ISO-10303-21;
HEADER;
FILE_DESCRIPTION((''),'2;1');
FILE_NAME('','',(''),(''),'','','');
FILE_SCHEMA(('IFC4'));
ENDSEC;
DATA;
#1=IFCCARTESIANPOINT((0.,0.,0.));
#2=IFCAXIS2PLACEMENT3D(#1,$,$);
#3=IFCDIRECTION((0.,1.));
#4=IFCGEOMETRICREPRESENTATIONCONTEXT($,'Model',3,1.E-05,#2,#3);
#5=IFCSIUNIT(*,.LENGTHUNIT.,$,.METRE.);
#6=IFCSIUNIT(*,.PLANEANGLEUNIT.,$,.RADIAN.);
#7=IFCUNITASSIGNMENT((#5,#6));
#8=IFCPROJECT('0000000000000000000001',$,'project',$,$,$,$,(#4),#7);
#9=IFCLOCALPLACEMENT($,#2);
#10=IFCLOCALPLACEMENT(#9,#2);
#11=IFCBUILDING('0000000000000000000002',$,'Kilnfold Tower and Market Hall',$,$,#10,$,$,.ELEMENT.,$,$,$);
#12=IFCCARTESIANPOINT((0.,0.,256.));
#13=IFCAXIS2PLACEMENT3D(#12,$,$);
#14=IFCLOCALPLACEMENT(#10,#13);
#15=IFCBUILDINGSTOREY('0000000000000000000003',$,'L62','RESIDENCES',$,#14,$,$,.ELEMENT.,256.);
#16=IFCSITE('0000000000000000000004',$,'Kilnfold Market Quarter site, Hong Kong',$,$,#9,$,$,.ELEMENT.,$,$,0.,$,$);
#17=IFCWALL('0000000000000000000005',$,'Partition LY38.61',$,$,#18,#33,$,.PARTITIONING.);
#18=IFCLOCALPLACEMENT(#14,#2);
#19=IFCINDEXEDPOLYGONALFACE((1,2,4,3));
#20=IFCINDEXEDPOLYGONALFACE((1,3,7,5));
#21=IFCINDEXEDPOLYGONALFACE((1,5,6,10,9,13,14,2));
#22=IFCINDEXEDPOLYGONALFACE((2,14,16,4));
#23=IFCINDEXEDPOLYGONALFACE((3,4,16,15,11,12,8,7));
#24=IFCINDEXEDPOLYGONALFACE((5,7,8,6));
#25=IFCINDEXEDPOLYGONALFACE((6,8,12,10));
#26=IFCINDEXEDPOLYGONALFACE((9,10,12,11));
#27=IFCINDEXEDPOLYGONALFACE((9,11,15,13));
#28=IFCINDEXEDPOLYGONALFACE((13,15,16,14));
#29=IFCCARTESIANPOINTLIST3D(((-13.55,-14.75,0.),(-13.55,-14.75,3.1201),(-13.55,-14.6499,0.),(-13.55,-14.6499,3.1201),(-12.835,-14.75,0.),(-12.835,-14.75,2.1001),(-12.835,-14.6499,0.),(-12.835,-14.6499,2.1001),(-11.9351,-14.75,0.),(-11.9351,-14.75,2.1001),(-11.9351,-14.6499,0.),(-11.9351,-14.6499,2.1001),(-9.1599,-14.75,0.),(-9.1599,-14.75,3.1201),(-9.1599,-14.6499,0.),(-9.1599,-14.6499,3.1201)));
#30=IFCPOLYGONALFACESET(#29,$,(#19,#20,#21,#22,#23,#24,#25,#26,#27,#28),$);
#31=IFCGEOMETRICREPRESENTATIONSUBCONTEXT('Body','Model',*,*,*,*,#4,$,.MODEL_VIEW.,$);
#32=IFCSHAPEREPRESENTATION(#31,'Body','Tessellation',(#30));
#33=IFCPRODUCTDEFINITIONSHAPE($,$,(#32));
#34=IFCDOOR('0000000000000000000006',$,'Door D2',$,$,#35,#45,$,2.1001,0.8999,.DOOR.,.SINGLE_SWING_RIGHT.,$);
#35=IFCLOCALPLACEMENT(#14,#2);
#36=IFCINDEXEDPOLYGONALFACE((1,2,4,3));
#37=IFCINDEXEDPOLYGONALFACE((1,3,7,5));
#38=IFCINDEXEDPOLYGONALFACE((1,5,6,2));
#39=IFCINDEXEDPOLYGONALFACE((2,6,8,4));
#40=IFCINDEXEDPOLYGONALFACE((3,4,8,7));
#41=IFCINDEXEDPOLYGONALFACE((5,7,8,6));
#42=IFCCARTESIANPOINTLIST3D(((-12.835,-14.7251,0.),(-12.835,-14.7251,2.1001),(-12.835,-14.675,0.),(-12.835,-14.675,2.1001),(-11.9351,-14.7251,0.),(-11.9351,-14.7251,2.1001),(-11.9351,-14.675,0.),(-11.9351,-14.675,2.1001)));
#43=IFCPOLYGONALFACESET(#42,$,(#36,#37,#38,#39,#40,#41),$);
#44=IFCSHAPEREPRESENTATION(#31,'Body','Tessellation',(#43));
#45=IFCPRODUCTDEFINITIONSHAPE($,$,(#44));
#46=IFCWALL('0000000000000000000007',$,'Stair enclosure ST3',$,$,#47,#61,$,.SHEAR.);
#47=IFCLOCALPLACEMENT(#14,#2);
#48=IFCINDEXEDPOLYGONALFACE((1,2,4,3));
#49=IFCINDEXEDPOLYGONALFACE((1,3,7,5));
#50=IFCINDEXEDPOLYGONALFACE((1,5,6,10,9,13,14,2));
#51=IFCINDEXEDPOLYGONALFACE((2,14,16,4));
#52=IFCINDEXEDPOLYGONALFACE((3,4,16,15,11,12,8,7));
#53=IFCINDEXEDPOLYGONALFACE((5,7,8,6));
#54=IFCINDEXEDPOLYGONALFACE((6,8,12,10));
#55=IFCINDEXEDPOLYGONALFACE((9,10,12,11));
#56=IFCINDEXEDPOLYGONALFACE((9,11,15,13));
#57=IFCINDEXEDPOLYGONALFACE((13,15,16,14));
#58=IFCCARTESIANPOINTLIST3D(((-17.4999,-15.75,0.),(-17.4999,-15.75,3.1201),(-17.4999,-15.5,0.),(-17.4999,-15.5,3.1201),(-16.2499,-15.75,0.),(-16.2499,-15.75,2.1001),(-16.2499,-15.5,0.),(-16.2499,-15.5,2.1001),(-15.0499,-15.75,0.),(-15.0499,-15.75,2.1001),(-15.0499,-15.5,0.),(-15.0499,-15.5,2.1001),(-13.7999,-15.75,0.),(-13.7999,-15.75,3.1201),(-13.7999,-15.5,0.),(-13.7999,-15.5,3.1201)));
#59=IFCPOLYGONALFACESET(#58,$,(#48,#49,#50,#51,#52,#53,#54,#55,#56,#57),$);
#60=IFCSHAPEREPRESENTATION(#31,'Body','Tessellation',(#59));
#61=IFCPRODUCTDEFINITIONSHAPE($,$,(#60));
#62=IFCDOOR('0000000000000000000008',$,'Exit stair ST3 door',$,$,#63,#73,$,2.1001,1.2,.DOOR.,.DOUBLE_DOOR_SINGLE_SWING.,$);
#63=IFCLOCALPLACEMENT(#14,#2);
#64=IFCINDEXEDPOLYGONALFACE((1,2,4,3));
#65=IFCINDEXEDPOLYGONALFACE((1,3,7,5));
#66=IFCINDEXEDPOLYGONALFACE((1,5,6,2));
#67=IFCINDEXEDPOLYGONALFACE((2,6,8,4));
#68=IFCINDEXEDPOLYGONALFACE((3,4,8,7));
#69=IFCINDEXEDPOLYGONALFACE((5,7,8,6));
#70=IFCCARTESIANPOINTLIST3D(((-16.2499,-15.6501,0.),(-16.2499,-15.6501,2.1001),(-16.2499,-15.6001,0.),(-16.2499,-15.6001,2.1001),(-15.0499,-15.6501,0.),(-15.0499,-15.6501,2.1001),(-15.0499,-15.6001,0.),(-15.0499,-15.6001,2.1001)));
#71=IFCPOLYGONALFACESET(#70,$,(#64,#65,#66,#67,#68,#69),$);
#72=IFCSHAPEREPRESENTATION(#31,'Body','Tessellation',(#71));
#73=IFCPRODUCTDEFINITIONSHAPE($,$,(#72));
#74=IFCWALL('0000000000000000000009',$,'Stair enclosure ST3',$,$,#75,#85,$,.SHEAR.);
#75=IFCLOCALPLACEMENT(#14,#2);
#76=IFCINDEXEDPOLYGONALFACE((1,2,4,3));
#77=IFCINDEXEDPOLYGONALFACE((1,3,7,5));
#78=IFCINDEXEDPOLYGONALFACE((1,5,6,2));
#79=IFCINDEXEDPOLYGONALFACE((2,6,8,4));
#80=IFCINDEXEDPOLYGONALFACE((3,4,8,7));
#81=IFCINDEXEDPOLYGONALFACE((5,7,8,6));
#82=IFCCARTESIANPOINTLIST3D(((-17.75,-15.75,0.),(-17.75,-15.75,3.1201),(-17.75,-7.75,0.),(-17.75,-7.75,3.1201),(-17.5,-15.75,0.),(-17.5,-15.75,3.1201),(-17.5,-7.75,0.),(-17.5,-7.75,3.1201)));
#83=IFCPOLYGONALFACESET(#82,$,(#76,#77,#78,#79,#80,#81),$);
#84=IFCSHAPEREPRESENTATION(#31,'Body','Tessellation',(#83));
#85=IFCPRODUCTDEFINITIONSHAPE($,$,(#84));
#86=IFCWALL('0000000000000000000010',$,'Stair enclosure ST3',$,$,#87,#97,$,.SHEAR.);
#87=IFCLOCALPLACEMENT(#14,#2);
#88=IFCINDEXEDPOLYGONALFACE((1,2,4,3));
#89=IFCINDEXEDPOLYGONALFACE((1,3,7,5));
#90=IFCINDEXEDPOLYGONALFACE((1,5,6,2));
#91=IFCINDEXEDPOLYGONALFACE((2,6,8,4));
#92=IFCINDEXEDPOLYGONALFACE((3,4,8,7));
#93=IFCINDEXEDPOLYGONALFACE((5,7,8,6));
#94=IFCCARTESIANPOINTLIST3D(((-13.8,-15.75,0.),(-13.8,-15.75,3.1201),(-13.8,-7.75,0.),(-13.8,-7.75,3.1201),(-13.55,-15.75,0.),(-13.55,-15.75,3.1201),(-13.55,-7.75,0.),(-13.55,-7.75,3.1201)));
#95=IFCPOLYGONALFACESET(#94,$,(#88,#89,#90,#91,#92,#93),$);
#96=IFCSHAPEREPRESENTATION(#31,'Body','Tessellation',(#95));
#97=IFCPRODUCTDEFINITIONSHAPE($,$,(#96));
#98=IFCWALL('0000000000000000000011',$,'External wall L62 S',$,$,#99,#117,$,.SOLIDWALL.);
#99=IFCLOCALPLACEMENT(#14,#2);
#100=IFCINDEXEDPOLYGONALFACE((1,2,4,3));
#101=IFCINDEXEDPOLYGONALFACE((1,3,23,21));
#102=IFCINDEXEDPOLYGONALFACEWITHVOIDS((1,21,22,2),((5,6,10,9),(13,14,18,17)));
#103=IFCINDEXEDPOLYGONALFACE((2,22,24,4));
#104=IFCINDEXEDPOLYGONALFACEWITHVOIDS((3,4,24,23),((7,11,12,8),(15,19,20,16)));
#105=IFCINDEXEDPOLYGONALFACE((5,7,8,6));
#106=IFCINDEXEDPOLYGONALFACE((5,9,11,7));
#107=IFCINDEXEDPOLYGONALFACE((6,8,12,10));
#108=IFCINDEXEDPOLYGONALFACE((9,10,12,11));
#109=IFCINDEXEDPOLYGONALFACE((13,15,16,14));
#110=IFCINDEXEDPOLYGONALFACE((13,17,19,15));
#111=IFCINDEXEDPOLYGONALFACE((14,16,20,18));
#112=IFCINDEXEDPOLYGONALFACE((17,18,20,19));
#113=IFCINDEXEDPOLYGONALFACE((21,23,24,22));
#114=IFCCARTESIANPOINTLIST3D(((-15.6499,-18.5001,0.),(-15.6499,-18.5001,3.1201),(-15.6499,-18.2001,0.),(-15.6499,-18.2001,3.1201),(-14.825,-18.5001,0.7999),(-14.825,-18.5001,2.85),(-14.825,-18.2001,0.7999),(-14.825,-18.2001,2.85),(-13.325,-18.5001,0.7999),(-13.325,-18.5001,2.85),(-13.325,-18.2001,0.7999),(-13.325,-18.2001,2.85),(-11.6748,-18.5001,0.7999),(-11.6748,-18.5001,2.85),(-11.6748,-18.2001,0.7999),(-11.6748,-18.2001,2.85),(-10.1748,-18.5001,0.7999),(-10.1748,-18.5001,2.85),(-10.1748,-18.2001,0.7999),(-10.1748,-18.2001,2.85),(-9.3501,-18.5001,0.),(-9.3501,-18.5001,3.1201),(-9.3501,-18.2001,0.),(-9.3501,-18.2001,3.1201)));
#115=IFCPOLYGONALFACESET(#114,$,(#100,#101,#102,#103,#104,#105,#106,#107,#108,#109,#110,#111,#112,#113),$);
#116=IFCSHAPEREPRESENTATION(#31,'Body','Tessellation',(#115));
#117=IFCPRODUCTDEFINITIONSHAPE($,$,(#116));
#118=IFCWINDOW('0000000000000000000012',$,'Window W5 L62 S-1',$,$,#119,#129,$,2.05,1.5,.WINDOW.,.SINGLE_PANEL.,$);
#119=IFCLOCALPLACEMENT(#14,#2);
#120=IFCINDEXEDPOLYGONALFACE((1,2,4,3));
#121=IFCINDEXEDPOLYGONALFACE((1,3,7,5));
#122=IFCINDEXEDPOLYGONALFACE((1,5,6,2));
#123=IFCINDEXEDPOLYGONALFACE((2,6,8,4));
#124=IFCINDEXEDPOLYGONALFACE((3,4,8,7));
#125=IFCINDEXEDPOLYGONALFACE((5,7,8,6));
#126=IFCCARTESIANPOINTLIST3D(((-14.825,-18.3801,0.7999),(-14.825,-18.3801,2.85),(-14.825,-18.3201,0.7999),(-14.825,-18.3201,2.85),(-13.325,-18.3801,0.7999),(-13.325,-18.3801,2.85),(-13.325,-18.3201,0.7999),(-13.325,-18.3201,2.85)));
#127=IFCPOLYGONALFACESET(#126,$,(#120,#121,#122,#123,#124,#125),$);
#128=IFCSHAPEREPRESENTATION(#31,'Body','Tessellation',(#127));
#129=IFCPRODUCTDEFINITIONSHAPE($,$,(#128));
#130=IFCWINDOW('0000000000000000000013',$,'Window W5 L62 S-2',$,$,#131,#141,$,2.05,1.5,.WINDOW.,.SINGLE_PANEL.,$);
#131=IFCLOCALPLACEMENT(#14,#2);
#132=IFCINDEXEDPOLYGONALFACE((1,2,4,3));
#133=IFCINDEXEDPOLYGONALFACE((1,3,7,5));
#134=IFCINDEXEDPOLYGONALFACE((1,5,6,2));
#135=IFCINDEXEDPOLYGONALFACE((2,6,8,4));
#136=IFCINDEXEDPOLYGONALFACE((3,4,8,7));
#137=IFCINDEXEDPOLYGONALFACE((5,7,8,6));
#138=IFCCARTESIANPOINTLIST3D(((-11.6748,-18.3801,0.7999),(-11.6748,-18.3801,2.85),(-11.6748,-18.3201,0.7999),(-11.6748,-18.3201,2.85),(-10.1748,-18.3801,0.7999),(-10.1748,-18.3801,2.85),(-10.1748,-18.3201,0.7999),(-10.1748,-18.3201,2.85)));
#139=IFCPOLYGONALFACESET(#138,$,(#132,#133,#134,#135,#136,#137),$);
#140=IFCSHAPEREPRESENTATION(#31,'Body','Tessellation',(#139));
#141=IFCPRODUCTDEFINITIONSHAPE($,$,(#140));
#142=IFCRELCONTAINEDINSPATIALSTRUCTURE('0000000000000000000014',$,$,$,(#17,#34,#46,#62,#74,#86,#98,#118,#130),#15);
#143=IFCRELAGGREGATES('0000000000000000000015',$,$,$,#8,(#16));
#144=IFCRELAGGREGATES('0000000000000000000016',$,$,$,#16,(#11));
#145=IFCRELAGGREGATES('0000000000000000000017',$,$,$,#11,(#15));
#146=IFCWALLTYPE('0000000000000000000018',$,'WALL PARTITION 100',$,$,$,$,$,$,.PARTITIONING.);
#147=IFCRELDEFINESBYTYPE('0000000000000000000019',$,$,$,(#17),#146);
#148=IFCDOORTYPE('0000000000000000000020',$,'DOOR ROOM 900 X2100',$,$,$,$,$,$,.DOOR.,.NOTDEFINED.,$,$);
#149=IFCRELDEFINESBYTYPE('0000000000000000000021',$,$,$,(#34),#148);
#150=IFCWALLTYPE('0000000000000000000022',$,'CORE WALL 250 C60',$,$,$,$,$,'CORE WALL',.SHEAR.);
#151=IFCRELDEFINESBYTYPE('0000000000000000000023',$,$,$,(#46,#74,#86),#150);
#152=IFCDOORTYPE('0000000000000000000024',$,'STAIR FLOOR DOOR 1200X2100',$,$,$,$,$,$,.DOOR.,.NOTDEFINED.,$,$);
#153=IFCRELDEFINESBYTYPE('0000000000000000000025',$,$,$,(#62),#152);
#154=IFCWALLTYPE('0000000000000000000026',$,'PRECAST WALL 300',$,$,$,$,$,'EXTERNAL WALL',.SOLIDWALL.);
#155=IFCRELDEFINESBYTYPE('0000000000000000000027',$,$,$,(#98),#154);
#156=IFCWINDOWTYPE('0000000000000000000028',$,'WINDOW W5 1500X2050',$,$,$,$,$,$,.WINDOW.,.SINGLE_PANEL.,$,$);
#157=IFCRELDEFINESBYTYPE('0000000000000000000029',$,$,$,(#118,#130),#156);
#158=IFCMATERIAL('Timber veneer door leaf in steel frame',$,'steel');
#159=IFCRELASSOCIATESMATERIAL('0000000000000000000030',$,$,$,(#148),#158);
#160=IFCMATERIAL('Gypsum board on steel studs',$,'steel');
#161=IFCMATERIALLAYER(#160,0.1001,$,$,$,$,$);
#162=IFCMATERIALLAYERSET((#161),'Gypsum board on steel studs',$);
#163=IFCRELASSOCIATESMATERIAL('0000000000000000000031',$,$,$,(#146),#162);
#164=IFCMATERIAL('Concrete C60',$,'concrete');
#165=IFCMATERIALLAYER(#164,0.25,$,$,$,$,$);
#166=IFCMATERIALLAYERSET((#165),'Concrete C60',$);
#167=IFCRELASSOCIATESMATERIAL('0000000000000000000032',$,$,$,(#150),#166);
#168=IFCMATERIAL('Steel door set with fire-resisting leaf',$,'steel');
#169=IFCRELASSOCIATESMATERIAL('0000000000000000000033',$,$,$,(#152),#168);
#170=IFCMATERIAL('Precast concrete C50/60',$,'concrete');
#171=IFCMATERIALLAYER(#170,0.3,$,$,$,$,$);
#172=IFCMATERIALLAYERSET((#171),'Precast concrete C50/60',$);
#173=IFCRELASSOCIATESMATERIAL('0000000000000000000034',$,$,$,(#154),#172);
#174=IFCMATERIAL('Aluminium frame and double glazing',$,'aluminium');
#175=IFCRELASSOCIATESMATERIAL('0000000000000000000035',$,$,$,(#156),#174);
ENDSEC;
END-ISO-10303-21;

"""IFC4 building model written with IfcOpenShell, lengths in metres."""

from ifc_helpers import new_model, si_unit, direction, frame, frame_2d, origin, place, context, subcontext, project, spatial, rectangle, extrude, source, transform, mapped, material, layer, layer_set, type_object, element, fill, save


model = new_model("IFC4")

# Units and contexts
model_context = context("Model", 3, precision=1e-05, world=origin(), true_north=direction((0.0, 1.0)))
body_context = subcontext(model_context, "Body", "Model", "MODEL_VIEW")
ifc_project = project(units=[si_unit("LENGTHUNIT", "METRE"), si_unit("PLANEANGLEUNIT", "RADIAN")], contexts=[model_context])

# Site, building, storey
site_placement = place(None, origin())
site = spatial("IfcSite", under=ifc_project, at=site_placement, Name="Kilnfold Market Quarter site, Hong Kong", CompositionType="ELEMENT", RefElevation=0.0)
building_placement = place(site_placement, origin())
building = spatial("IfcBuilding", under=site, at=building_placement, Name="Kilnfold Tower and Market Hall", CompositionType="ELEMENT")
storey_placement = place(building_placement, frame((0.0, 0.0, 256.0)))
storey = spatial("IfcBuildingStorey", under=building, at=storey_placement, Name="L62", Description="RESIDENCES", CompositionType="ELEMENT", Elevation=256.0)

# Shared definitions
ifc_material_1 = material(Name="Timber veneer door leaf in steel frame", Category="steel")
door_type_1 = type_object("IfcDoorType", Name="DOOR ROOM 900 X2100", OperationType="NOTDEFINED", PredefinedType="DOOR", material=ifc_material_1)

# Walls, openings, doors
ifc_material_2 = material(Name="Gypsum board on steel studs", Category="steel")
ifc_layer_1 = layer(ifc_material_2, 0.1001)
ifc_layer_set_1 = layer_set([ifc_layer_1], Name="Gypsum board on steel studs")
wall_type_1 = type_object("IfcWallType", Name="WALL PARTITION 100", PredefinedType="PARTITIONING", material=ifc_layer_set_1)
wall_1_placement = place(storey_placement, frame((-13.55, -14.7, 0.0), z_axis=(0.0, 0.0, 1.0), x_axis=(1.0, 0.0, 0.0)))
wall_1 = element("IfcWall", 1, at=wall_1_placement, inside=storey, type_object=wall_type_1, Name="Partition LY38.61", PredefinedType="PARTITIONING", context=body_context, shape_type="SweptSolid", body=[
    extrude(rectangle(XDim=4.3901, YDim=0.1001, at=frame_2d((2.1951, 0.0))), origin(), (0.0, 0.0, 1.0), 3.1201),
])
opening_1_placement = place(wall_1_placement, frame((0.7151, 0.0, 0.0)))
opening_1 = element("IfcOpeningElement", 2, at=opening_1_placement, cuts=wall_1, PredefinedType="OPENING", context=body_context, shape_type="SweptSolid", body=[
    extrude(rectangle(XDim=0.8999, YDim=2.1001, at=frame_2d((0.45, 1.05))), frame((0.0, 0.0601, 0.0), z_axis=(0.0, -1.0, 0.0), x_axis=(1.0, 0.0, 0.0)), (0.0, 0.0, 1.0), 0.1201),
])
door_1_placement = place(opening_1_placement, origin())
door_1 = element("IfcDoor", 3, at=door_1_placement, inside=storey, type_object=door_type_1, Name="Door D2", OperationType="SINGLE_SWING_RIGHT", OverallHeight=2.1001, OverallWidth=0.8999, PredefinedType="DOOR", context=body_context, shape_type="SweptSolid", body=[
    extrude(rectangle(XDim=0.8999, YDim=2.1001, at=frame_2d((0.45, 1.05))), frame((0.0, 0.0249, 0.0), z_axis=(0.0, -1.0, 0.0), x_axis=(1.0, 0.0, 0.0)), (0.0, 0.0, 1.0), 0.05),
])
fill(opening_1, door_1)
ifc_material_3 = material(Name="Concrete C60", Category="concrete")
ifc_layer_2 = layer(ifc_material_3, 0.25)
ifc_layer_set_2 = layer_set([ifc_layer_2], Name="Concrete C60")
wall_type_2 = type_object("IfcWallType", Name="CORE WALL 250 C60", ElementType="CORE WALL", PredefinedType="SHEAR", material=ifc_layer_set_2)
shared_shape_1 = source(origin(), body_context, "Body", "SweptSolid", [
    extrude(rectangle(XDim=3.7, YDim=0.25, at=frame_2d((1.8501, 0.0))), origin(), (0.0, 0.0, 1.0), 3.1201),
])
wall_2_placement = place(storey_placement, frame((-17.5, -15.625, 0.0), z_axis=(0.0, 0.0, 1.0), x_axis=(1.0, 0.0, 0.0)))
wall_2 = element("IfcWall", 4, at=wall_2_placement, inside=storey, type_object=wall_type_2, Name="Stair enclosure ST3", PredefinedType="SHEAR", context=body_context, shape_type="MappedRepresentation", body=[
    mapped(shared_shape_1, transform((0.0, 0.0, 0.0))),
])
opening_2_placement = place(wall_2_placement, frame((1.25, 0.0, 0.0)))
opening_2 = element("IfcOpeningElement", 5, at=opening_2_placement, cuts=wall_2, PredefinedType="OPENING", context=body_context, shape_type="SweptSolid", body=[
    extrude(rectangle(XDim=1.2, YDim=2.1001, at=frame_2d((0.6001, 1.05))), frame((0.0, 0.135, 0.0), z_axis=(0.0, -1.0, 0.0), x_axis=(1.0, 0.0, 0.0)), (0.0, 0.0, 1.0), 0.27),
])
ifc_material_4 = material(Name="Steel door set with fire-resisting leaf", Category="steel")
door_type_2 = type_object("IfcDoorType", Name="STAIR FLOOR DOOR 1200X2100", OperationType="NOTDEFINED", PredefinedType="DOOR", material=ifc_material_4)
door_2_placement = place(opening_2_placement, origin())
door_2 = element("IfcDoor", 6, at=door_2_placement, inside=storey, type_object=door_type_2, Name="Exit stair ST3 door", OperationType="DOUBLE_DOOR_SINGLE_SWING", OverallHeight=2.1001, OverallWidth=1.2, PredefinedType="DOOR", context=body_context, shape_type="SweptSolid", body=[
    extrude(rectangle(XDim=1.2, YDim=2.1001, at=frame_2d((0.6001, 1.05))), frame((0.0, 0.0249, 0.0), z_axis=(0.0, -1.0, 0.0), x_axis=(1.0, 0.0, 0.0)), (0.0, 0.0, 1.0), 0.05),
])
fill(opening_2, door_2)

# Walls
shared_shape_2 = source(origin(), body_context, "Body", "SweptSolid", [
    extrude(rectangle(XDim=8.0, YDim=0.25, at=frame_2d((4.0, 0.0))), origin(), (0.0, 0.0, 1.0), 3.1201),
])
for number, where, z_axis, x_axis, name in (
    (7, (-17.625, -15.75, 0.0), (0.0, 0.0, 1.0), (0.0, 1.0, 0.0), "Stair enclosure ST3"),
    (8, (-13.675, -15.75, 0.0), (0.0, 0.0, 1.0), (0.0, 1.0, 0.0), "Stair enclosure ST3"),
):
    element("IfcWall", number, at=place(storey_placement, frame(where, z_axis=z_axis, x_axis=x_axis)), inside=storey, type_object=wall_type_2, Name=name, PredefinedType="SHEAR", context=body_context, shape_type="MappedRepresentation", body=[
        mapped(shared_shape_2, transform((0.0, 0.0, 0.0))),
    ])

# Wall, openings, windows
ifc_material_5 = material(Name="Precast concrete C50/60", Category="concrete")
ifc_layer_3 = layer(ifc_material_5, 0.3)
ifc_layer_set_3 = layer_set([ifc_layer_3], Name="Precast concrete C50/60")
wall_type_3 = type_object("IfcWallType", Name="PRECAST WALL 300", ElementType="EXTERNAL WALL", PredefinedType="SOLIDWALL", material=ifc_layer_set_3)
shared_shape_3 = source(origin(), body_context, "Body", "SweptSolid", [
    extrude(rectangle(XDim=6.2998, YDim=0.3, at=frame_2d((3.1499, 0.0))), origin(), (0.0, 0.0, 1.0), 3.1201),
])
wall_3_placement = place(storey_placement, frame((-15.6499, -18.3501, 0.0), z_axis=(0.0, 0.0, 1.0), x_axis=(1.0, 0.0, 0.0)))
wall_3 = element("IfcWall", 9, at=wall_3_placement, inside=storey, type_object=wall_type_3, Name="External wall L62 S", PredefinedType="SOLIDWALL", context=body_context, shape_type="MappedRepresentation", body=[
    mapped(shared_shape_3, transform((0.0, 0.0, 0.0))),
])
opening_3_placement = place(wall_3_placement, frame((0.825, 0.0, 0.8)))
opening_3 = element("IfcOpeningElement", 10, at=opening_3_placement, cuts=wall_3, PredefinedType="OPENING", context=body_context, shape_type="SweptSolid", body=[
    extrude(rectangle(XDim=1.5, YDim=2.05, at=frame_2d((0.75, 1.0249))), frame((0.0, 0.1602, 0.0), z_axis=(0.0, -1.0, 0.0), x_axis=(1.0, 0.0, 0.0)), (0.0, 0.0, 1.0), 0.3201),
])
opening_4_placement = place(wall_3_placement, frame((3.9751, 0.0, 0.8)))
opening_4 = element("IfcOpeningElement", 11, at=opening_4_placement, cuts=wall_3, PredefinedType="OPENING", context=body_context, shape_type="SweptSolid", body=[
    extrude(rectangle(XDim=1.5, YDim=2.05, at=frame_2d((0.75, 1.0249))), frame((0.0, 0.1602, 0.0), z_axis=(0.0, -1.0, 0.0), x_axis=(1.0, 0.0, 0.0)), (0.0, 0.0, 1.0), 0.3201),
])
ifc_material_6 = material(Name="Aluminium frame and double glazing", Category="aluminium")
window_type_1 = type_object("IfcWindowType", Name="WINDOW W5 1500X2050", PartitioningType="SINGLE_PANEL", PredefinedType="WINDOW", material=ifc_material_6)
window_1_placement = place(opening_3_placement, origin())
window_1 = element("IfcWindow", 12, at=window_1_placement, inside=storey, type_object=window_type_1, Name="Window W5 L62 S-1", OverallHeight=2.05, OverallWidth=1.5, PartitioningType="SINGLE_PANEL", PredefinedType="WINDOW", context=body_context, shape_type="SweptSolid", body=[
    extrude(rectangle(XDim=1.5, YDim=2.05, at=frame_2d((0.75, 1.0249))), frame((0.0, 0.03, 0.0), z_axis=(0.0, -1.0, 0.0), x_axis=(1.0, 0.0, 0.0)), (0.0, 0.0, 1.0), 0.0601),
])
fill(opening_3, window_1)
window_2_placement = place(opening_4_placement, origin())
window_2 = element("IfcWindow", 13, at=window_2_placement, inside=storey, type_object=window_type_1, Name="Window W5 L62 S-2", OverallHeight=2.05, OverallWidth=1.5, PartitioningType="SINGLE_PANEL", PredefinedType="WINDOW", context=body_context, shape_type="SweptSolid", body=[
    extrude(rectangle(XDim=1.5, YDim=2.05, at=frame_2d((0.75, 1.0249))), frame((0.0, 0.03, 0.0), z_axis=(0.0, -1.0, 0.0), x_axis=(1.0, 0.0, 0.0)), (0.0, 0.0, 1.0), 0.0601),
])
fill(opening_4, window_2)

save(model, "model.ifc")
